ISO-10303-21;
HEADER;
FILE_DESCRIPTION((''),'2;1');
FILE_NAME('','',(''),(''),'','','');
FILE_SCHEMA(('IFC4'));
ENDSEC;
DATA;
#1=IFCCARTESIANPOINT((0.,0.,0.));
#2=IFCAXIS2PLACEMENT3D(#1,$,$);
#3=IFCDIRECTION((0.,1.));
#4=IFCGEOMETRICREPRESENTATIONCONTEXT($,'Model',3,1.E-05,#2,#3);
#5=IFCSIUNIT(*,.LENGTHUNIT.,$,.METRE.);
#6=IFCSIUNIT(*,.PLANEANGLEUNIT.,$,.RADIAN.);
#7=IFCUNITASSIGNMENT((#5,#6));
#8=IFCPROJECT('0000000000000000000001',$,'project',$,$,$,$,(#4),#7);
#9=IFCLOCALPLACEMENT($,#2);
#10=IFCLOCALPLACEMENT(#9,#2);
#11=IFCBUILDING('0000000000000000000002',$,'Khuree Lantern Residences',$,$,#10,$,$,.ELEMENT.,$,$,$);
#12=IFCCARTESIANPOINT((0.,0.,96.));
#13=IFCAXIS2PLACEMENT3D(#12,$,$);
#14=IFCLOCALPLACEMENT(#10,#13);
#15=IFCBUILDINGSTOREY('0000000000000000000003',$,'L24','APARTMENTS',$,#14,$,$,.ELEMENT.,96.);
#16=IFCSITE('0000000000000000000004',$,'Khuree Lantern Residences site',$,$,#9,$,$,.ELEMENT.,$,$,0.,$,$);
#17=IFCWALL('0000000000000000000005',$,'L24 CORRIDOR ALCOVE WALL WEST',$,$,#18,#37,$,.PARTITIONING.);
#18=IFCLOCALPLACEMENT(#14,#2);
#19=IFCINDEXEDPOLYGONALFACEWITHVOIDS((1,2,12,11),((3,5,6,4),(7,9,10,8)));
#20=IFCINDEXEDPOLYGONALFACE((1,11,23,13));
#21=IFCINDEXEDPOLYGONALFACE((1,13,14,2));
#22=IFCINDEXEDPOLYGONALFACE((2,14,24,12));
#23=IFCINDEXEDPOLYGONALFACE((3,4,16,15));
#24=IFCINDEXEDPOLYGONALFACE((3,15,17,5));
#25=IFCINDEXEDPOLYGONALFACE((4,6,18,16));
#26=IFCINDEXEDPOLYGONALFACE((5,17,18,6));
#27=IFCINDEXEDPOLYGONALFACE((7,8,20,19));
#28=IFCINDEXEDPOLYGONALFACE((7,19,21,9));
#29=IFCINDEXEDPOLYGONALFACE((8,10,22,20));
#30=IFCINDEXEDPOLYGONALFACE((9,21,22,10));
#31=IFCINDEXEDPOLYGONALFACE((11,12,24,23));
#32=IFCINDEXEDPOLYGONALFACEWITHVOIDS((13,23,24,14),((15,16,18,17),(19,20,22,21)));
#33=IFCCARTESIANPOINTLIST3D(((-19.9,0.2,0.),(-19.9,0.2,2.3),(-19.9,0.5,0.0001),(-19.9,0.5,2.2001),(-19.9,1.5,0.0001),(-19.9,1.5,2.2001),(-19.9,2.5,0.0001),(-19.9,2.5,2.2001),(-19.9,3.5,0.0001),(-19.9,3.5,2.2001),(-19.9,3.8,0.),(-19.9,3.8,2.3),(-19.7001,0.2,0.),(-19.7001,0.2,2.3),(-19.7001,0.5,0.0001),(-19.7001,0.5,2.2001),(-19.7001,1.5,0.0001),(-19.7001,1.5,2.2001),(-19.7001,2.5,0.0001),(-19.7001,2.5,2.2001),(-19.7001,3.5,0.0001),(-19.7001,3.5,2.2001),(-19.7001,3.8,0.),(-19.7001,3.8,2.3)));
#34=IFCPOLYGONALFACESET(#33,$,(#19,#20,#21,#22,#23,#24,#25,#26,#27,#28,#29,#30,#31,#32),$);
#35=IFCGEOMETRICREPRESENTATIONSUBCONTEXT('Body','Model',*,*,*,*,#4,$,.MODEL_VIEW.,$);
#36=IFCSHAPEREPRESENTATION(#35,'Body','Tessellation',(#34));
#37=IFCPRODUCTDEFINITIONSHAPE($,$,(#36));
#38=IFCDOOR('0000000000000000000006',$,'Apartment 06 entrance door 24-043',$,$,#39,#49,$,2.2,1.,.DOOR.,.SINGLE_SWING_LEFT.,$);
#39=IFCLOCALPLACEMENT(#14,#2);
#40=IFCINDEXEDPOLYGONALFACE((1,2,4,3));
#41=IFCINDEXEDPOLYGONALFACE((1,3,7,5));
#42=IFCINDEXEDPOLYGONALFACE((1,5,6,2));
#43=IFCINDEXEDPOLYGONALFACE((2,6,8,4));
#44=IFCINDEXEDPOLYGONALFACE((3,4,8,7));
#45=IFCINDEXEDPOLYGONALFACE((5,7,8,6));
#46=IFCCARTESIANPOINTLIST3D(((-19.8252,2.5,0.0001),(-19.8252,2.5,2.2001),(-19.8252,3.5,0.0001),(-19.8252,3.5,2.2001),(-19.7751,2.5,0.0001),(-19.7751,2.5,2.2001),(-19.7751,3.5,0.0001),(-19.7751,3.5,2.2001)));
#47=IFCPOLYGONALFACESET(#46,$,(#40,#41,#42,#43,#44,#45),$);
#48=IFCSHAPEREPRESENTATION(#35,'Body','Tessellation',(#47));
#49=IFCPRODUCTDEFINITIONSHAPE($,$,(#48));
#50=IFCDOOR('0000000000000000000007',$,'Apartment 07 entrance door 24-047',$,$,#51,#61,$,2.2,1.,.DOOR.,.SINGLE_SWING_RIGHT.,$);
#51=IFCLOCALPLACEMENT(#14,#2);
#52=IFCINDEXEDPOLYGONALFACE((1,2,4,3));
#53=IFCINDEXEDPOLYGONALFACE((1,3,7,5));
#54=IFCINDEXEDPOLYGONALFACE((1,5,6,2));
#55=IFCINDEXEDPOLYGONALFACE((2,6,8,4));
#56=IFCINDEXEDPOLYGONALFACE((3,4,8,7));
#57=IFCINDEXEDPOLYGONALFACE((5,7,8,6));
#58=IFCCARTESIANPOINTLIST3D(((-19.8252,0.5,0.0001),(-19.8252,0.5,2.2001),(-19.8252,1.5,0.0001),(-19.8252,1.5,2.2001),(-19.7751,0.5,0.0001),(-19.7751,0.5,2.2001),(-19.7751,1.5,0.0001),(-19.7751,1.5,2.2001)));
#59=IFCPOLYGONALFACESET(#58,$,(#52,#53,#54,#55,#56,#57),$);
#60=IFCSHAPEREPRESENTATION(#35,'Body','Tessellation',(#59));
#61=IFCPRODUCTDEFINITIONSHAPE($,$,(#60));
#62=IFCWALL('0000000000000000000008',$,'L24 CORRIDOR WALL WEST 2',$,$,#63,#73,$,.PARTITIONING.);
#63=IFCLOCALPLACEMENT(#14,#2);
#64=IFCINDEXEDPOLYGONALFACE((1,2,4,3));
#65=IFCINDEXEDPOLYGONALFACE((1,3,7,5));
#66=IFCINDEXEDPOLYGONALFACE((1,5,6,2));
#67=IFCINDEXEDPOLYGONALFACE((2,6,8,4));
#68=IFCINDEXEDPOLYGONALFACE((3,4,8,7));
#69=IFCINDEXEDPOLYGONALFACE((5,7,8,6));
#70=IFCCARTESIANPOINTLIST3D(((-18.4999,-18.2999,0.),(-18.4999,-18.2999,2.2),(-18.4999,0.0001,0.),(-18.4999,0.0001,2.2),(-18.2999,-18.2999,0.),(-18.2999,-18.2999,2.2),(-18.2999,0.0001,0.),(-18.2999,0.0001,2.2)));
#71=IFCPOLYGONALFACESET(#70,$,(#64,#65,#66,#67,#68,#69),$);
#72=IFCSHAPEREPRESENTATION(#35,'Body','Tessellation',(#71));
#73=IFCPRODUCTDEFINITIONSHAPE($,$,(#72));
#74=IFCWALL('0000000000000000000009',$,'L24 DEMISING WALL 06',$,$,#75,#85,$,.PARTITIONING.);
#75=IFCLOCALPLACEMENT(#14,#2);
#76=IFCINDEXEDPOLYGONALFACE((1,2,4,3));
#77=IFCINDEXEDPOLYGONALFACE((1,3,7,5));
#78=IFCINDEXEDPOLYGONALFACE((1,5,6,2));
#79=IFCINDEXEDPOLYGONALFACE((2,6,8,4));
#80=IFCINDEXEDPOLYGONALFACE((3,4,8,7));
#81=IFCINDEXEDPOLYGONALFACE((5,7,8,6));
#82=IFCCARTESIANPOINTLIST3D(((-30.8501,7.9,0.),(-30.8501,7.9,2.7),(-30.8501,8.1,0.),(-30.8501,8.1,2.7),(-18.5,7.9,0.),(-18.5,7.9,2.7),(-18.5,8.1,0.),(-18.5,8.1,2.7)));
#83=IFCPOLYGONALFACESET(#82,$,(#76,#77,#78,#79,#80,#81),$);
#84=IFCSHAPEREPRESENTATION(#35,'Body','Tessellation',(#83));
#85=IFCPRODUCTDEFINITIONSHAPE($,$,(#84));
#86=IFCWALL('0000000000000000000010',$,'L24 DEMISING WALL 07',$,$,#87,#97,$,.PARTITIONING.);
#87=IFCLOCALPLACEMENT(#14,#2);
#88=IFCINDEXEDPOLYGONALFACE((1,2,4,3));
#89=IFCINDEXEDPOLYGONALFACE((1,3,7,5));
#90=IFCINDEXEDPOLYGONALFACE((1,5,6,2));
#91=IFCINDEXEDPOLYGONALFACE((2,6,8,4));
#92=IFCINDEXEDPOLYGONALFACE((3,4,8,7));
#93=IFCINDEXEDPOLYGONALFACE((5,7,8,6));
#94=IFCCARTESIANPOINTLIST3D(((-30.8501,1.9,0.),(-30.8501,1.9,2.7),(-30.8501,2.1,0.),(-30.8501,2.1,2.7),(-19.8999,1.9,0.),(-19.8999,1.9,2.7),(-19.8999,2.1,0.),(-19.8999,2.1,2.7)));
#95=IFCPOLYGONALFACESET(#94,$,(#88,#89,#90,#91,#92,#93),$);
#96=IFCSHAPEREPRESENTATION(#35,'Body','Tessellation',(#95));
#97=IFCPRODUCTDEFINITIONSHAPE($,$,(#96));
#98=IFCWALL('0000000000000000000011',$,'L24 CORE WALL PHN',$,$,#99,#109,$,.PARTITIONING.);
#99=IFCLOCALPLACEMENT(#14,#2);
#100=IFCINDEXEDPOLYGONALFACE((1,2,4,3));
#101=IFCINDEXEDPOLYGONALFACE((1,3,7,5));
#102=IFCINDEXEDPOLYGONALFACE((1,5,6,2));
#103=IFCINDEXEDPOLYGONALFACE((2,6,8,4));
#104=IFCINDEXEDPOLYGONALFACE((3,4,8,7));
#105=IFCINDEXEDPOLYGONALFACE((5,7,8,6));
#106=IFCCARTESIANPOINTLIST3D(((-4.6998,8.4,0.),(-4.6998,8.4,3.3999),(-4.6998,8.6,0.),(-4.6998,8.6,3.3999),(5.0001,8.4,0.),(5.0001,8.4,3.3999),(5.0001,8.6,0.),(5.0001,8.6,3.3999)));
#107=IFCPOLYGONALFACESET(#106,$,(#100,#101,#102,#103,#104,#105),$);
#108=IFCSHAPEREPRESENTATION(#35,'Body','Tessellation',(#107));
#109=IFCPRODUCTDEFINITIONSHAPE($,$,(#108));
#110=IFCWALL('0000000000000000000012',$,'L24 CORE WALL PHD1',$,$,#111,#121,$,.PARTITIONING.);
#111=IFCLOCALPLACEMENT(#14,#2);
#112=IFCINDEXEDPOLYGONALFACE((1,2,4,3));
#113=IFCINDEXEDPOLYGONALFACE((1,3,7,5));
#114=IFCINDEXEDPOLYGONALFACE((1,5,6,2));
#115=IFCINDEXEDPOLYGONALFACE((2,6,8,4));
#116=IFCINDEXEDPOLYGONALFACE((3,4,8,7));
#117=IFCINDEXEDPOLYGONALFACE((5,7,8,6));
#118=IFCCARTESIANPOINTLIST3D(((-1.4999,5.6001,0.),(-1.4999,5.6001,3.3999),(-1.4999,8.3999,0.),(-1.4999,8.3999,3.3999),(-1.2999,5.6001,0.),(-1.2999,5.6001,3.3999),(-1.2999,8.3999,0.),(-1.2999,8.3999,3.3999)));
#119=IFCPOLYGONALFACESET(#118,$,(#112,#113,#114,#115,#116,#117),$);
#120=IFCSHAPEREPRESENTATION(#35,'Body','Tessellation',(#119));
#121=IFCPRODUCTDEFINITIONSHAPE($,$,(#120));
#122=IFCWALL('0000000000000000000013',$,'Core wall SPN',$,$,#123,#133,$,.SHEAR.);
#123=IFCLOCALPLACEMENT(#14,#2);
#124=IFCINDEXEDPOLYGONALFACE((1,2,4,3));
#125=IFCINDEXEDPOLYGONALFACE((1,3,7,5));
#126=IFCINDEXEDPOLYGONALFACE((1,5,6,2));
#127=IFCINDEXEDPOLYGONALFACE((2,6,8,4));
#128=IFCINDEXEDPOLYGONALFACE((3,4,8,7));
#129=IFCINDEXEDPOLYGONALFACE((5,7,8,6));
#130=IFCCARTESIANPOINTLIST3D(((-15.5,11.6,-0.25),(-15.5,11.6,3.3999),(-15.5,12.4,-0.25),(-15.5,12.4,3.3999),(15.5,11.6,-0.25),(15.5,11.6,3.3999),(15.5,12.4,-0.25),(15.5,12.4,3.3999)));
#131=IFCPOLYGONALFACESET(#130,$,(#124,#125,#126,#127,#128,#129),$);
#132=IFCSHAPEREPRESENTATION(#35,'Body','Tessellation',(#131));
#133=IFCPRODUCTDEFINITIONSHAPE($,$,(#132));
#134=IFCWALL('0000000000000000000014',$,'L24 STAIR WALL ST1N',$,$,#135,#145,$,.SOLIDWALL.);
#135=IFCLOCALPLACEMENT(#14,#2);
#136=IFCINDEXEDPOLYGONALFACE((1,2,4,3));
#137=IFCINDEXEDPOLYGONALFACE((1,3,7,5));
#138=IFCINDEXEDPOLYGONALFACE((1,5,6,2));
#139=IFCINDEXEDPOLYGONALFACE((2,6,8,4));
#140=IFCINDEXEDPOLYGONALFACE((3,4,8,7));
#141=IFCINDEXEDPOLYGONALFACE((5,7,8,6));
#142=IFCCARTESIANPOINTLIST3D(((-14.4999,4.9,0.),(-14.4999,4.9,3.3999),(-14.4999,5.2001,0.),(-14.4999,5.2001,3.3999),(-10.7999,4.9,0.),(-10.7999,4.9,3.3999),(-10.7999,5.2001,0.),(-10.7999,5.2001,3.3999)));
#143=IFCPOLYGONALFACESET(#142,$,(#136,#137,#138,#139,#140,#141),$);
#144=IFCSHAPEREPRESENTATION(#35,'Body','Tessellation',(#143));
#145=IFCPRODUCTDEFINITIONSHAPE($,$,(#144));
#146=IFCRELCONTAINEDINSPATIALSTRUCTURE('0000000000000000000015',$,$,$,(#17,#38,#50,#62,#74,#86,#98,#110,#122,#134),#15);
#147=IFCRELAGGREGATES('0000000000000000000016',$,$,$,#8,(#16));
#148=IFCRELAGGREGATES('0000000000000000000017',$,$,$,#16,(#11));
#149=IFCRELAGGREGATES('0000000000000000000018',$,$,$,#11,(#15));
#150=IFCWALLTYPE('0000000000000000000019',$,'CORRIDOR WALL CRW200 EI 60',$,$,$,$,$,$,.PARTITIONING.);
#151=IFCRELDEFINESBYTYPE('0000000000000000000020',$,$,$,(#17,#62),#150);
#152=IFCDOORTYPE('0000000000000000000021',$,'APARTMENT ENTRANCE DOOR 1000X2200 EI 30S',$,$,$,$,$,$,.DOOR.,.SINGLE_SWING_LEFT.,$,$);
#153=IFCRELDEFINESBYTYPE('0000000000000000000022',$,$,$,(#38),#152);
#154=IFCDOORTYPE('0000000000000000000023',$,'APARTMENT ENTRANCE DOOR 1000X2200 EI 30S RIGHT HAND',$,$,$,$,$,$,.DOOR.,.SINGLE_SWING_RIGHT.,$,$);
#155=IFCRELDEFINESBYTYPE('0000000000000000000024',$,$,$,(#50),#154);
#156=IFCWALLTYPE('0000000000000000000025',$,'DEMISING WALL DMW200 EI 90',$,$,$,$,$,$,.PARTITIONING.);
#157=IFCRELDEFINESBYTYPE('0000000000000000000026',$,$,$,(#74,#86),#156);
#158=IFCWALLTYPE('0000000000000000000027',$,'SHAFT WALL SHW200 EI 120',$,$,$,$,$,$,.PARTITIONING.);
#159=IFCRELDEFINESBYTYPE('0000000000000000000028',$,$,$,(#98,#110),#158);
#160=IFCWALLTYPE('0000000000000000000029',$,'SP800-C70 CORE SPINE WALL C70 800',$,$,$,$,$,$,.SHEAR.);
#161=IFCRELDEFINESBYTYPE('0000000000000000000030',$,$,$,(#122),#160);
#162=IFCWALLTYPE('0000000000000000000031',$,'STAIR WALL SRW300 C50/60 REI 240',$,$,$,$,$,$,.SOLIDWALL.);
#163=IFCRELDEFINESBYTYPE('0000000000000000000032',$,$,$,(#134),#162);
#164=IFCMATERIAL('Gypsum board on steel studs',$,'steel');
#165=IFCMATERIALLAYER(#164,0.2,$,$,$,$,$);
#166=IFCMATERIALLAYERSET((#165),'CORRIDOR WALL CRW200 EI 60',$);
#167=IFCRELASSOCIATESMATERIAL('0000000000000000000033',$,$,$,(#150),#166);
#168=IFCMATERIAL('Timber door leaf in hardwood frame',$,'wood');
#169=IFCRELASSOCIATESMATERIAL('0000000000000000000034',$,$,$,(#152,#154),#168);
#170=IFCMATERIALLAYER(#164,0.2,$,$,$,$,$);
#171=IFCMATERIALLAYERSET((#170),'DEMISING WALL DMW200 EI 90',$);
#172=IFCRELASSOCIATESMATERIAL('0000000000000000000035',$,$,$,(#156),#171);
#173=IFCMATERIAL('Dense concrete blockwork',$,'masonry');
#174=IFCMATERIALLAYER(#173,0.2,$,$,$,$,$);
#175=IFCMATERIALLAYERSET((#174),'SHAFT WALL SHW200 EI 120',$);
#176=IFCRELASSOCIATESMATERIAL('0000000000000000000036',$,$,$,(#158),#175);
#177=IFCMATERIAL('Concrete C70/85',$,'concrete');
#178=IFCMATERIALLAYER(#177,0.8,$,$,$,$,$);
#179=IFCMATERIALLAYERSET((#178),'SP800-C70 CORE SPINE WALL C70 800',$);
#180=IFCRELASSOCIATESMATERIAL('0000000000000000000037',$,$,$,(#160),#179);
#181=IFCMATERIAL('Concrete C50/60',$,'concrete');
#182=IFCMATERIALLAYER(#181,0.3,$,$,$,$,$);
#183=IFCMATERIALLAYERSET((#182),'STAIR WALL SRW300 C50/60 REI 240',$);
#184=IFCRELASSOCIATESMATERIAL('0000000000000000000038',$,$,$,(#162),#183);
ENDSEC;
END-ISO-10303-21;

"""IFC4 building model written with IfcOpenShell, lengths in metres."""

from ifc_helpers import new_model, si_unit, direction, frame, frame_2d, origin, place, context, subcontext, project, spatial, rectangle, extrude, material, layer, layer_set, type_object, element, fill, save


model = new_model("IFC4")

# Units and contexts
model_context = context("Model", 3, precision=1e-05, world=origin(), true_north=direction((0.0, 1.0)))
body_context = subcontext(model_context, "Body", "Model", "MODEL_VIEW")
ifc_project = project(units=[si_unit("LENGTHUNIT", "METRE"), si_unit("PLANEANGLEUNIT", "RADIAN")], contexts=[model_context])

# Site, building, storey
site_placement = place(None, origin())
site = spatial("IfcSite", under=ifc_project, at=site_placement, Name="Khuree Lantern Residences site", CompositionType="ELEMENT", RefElevation=0.0)
building_placement = place(site_placement, origin())
building = spatial("IfcBuilding", under=site, at=building_placement, Name="Khuree Lantern Residences", CompositionType="ELEMENT")
storey_placement = place(building_placement, frame((0.0, 0.0, 96.0)))
storey = spatial("IfcBuildingStorey", under=building, at=storey_placement, Name="L24", Description="APARTMENTS", CompositionType="ELEMENT", Elevation=96.0)

# Shared definitions
ifc_material_1 = material(Name="Dense concrete blockwork", Category="masonry")

# Shared definitions
ifc_material_2 = material(Name="Timber door leaf in hardwood frame", Category="wood")

# Shared definitions
ifc_material_3 = material(Name="Gypsum board on steel studs", Category="steel")
ifc_layer_1 = layer(ifc_material_3, 0.2)
ifc_layer_set_1 = layer_set([ifc_layer_1], Name="CORRIDOR WALL CRW200 EI 60")
wall_type_1 = type_object("IfcWallType", Name="CORRIDOR WALL CRW200 EI 60", PredefinedType="PARTITIONING", material=ifc_layer_set_1)

# Wall, openings, doors
wall_1_placement = place(storey_placement, frame((-19.8, 3.8, 0.0), z_axis=(0.0, 0.0, 1.0), x_axis=(0.0, -1.0, 0.0)))
wall_1 = element("IfcWall", 1, at=wall_1_placement, inside=storey, type_object=wall_type_1, Name="L24 CORRIDOR ALCOVE WALL WEST", PredefinedType="PARTITIONING", context=body_context, shape_type="SweptSolid", body=[
    extrude(rectangle(XDim=3.6001, YDim=0.2, at=frame_2d((1.8, 0.0))), origin(), (0.0, 0.0, 1.0), 2.3),
])
opening_1_placement = place(wall_1_placement, frame((0.3, 0.0, 0.0)))
opening_1 = element("IfcOpeningElement", 2, at=opening_1_placement, cuts=wall_1, PredefinedType="OPENING", context=body_context, shape_type="SweptSolid", body=[
    extrude(rectangle(XDim=1.0, YDim=2.2, at=frame_2d((0.5, 1.1001))), frame((0.0, 0.1099, 0.0), z_axis=(0.0, -1.0, 0.0), x_axis=(1.0, 0.0, 0.0)), (0.0, 0.0, 1.0), 0.22),
])
opening_2_placement = place(wall_1_placement, frame((2.3, 0.0, 0.0)))
opening_2 = element("IfcOpeningElement", 3, at=opening_2_placement, cuts=wall_1, PredefinedType="OPENING", context=body_context, shape_type="SweptSolid", body=[
    extrude(rectangle(XDim=1.0, YDim=2.2, at=frame_2d((0.5, 1.1001))), frame((0.0, 0.1099, 0.0), z_axis=(0.0, -1.0, 0.0), x_axis=(1.0, 0.0, 0.0)), (0.0, 0.0, 1.0), 0.22),
])
door_type_1 = type_object("IfcDoorType", Name="APARTMENT ENTRANCE DOOR 1000X2200 EI 30S", OperationType="SINGLE_SWING_LEFT", PredefinedType="DOOR", material=ifc_material_2)
door_1_placement = place(opening_1_placement, origin())
door_1 = element("IfcDoor", 4, at=door_1_placement, inside=storey, type_object=door_type_1, Name="Apartment 06 entrance door 24-043", OperationType="SINGLE_SWING_LEFT", OverallHeight=2.2, OverallWidth=1.0, PredefinedType="DOOR", context=body_context, shape_type="SweptSolid", body=[
    extrude(rectangle(XDim=1.0, YDim=2.2, at=frame_2d((0.5, 1.1001))), frame((0.0, 0.0249, 0.0), z_axis=(0.0, -1.0, 0.0), x_axis=(1.0, 0.0, 0.0)), (0.0, 0.0, 1.0), 0.05),
])
fill(opening_1, door_1)
door_type_2 = type_object("IfcDoorType", Name="APARTMENT ENTRANCE DOOR 1000X2200 EI 30S RIGHT HAND", OperationType="SINGLE_SWING_RIGHT", PredefinedType="DOOR", material=ifc_material_2)
door_2_placement = place(opening_2_placement, origin())
door_2 = element("IfcDoor", 5, at=door_2_placement, inside=storey, type_object=door_type_2, Name="Apartment 07 entrance door 24-047", OperationType="SINGLE_SWING_RIGHT", OverallHeight=2.2, OverallWidth=1.0, PredefinedType="DOOR", context=body_context, shape_type="SweptSolid", body=[
    extrude(rectangle(XDim=1.0, YDim=2.2, at=frame_2d((0.5, 1.1001))), frame((0.0, 0.0249, 0.0), z_axis=(0.0, -1.0, 0.0), x_axis=(1.0, 0.0, 0.0)), (0.0, 0.0, 1.0), 0.05),
])
fill(opening_2, door_2)

# Walls
wall_2_placement = place(storey_placement, frame((-18.3999, 0.0, 0.0), z_axis=(0.0, 0.0, 1.0), x_axis=(0.0, -1.0, 0.0)))
element("IfcWall", 6, at=wall_2_placement, inside=storey, type_object=wall_type_1, Name="L24 CORRIDOR WALL WEST 2", PredefinedType="PARTITIONING", context=body_context, shape_type="SweptSolid", body=[
    extrude(rectangle(XDim=18.3, YDim=0.2, at=frame_2d((9.1499, 0.0))), origin(), (0.0, 0.0, 1.0), 2.2),
])
ifc_layer_2 = layer(ifc_material_3, 0.2)
ifc_layer_set_2 = layer_set([ifc_layer_2], Name="DEMISING WALL DMW200 EI 90")
wall_type_2 = type_object("IfcWallType", Name="DEMISING WALL DMW200 EI 90", PredefinedType="PARTITIONING", material=ifc_layer_set_2)
wall_3_placement = place(storey_placement, frame((-18.5, 8.0, 0.0), z_axis=(0.0, 0.0, 1.0), x_axis=(-1.0, 0.0, 0.0)))
element("IfcWall", 7, at=wall_3_placement, inside=storey, type_object=wall_type_2, Name="L24 DEMISING WALL 06", PredefinedType="PARTITIONING", context=body_context, shape_type="SweptSolid", body=[
    extrude(rectangle(XDim=12.3501, YDim=0.2, at=frame_2d((6.175, 0.0))), origin(), (0.0, 0.0, 1.0), 2.7),
])
wall_4_placement = place(storey_placement, frame((-19.8999, 2.0, 0.0), z_axis=(0.0, 0.0, 1.0), x_axis=(-1.0, 0.0, 0.0)))
element("IfcWall", 8, at=wall_4_placement, inside=storey, type_object=wall_type_2, Name="L24 DEMISING WALL 07", PredefinedType="PARTITIONING", context=body_context, shape_type="SweptSolid", body=[
    extrude(rectangle(XDim=10.9502, YDim=0.2, at=frame_2d((5.4751, 0.0))), origin(), (0.0, 0.0, 1.0), 2.7),
])
ifc_layer_3 = layer(ifc_material_1, 0.2)
ifc_layer_set_3 = layer_set([ifc_layer_3], Name="SHAFT WALL SHW200 EI 120")
wall_type_3 = type_object("IfcWallType", Name="SHAFT WALL SHW200 EI 120", PredefinedType="PARTITIONING", material=ifc_layer_set_3)
wall_5_placement = place(storey_placement, frame((-4.7, 8.5, 0.0), z_axis=(0.0, 0.0, 1.0), x_axis=(1.0, 0.0, 0.0)))
element("IfcWall", 9, at=wall_5_placement, inside=storey, type_object=wall_type_3, Name="L24 CORE WALL PHN", PredefinedType="PARTITIONING", context=body_context, shape_type="SweptSolid", body=[
    extrude(rectangle(XDim=9.7, YDim=0.2, at=frame_2d((4.8501, 0.0))), origin(), (0.0, 0.0, 1.0), 3.3999),
])
wall_6_placement = place(storey_placement, frame((-1.3999, 5.6001, 0.0), z_axis=(0.0, 0.0, 1.0), x_axis=(0.0, 1.0, 0.0)))
element("IfcWall", 10, at=wall_6_placement, inside=storey, type_object=wall_type_3, Name="L24 CORE WALL PHD1", PredefinedType="PARTITIONING", context=body_context, shape_type="SweptSolid", body=[
    extrude(rectangle(XDim=2.7998, YDim=0.2, at=frame_2d((1.3999, 0.0))), origin(), (0.0, 0.0, 1.0), 3.3999),
])
ifc_material_4 = material(Name="Concrete C70/85", Category="concrete")
ifc_layer_4 = layer(ifc_material_4, 0.8)
ifc_layer_set_4 = layer_set([ifc_layer_4], Name="SP800-C70 CORE SPINE WALL C70 800")
wall_type_4 = type_object("IfcWallType", Name="SP800-C70 CORE SPINE WALL C70 800", PredefinedType="SHEAR", material=ifc_layer_set_4)
wall_7_placement = place(storey_placement, frame((-15.5, 12.0, -0.25), z_axis=(0.0, 0.0, 1.0), x_axis=(1.0, 0.0, 0.0)))
element("IfcWall", 11, at=wall_7_placement, inside=storey, type_object=wall_type_4, Name="Core wall SPN", PredefinedType="SHEAR", context=body_context, shape_type="SweptSolid", body=[
    extrude(rectangle(XDim=31.0, YDim=0.8, at=frame_2d((15.5, 0.0))), origin(), (0.0, 0.0, 1.0), 3.6499),
])
ifc_material_5 = material(Name="Concrete C50/60", Category="concrete")
ifc_layer_5 = layer(ifc_material_5, 0.3)
ifc_layer_set_5 = layer_set([ifc_layer_5], Name="STAIR WALL SRW300 C50/60 REI 240")
wall_type_5 = type_object("IfcWallType", Name="STAIR WALL SRW300 C50/60 REI 240", PredefinedType="SOLIDWALL", material=ifc_layer_set_5)
wall_8_placement = place(storey_placement, frame((-14.5, 5.05, 0.0), z_axis=(0.0, 0.0, 1.0), x_axis=(1.0, 0.0, 0.0)))
element("IfcWall", 12, at=wall_8_placement, inside=storey, type_object=wall_type_5, Name="L24 STAIR WALL ST1N", PredefinedType="SOLIDWALL", context=body_context, shape_type="SweptSolid", body=[
    extrude(rectangle(XDim=3.7, YDim=0.3, at=frame_2d((1.8501, 0.0))), origin(), (0.0, 0.0, 1.0), 3.3999),
])

save(model, "model.ifc")
